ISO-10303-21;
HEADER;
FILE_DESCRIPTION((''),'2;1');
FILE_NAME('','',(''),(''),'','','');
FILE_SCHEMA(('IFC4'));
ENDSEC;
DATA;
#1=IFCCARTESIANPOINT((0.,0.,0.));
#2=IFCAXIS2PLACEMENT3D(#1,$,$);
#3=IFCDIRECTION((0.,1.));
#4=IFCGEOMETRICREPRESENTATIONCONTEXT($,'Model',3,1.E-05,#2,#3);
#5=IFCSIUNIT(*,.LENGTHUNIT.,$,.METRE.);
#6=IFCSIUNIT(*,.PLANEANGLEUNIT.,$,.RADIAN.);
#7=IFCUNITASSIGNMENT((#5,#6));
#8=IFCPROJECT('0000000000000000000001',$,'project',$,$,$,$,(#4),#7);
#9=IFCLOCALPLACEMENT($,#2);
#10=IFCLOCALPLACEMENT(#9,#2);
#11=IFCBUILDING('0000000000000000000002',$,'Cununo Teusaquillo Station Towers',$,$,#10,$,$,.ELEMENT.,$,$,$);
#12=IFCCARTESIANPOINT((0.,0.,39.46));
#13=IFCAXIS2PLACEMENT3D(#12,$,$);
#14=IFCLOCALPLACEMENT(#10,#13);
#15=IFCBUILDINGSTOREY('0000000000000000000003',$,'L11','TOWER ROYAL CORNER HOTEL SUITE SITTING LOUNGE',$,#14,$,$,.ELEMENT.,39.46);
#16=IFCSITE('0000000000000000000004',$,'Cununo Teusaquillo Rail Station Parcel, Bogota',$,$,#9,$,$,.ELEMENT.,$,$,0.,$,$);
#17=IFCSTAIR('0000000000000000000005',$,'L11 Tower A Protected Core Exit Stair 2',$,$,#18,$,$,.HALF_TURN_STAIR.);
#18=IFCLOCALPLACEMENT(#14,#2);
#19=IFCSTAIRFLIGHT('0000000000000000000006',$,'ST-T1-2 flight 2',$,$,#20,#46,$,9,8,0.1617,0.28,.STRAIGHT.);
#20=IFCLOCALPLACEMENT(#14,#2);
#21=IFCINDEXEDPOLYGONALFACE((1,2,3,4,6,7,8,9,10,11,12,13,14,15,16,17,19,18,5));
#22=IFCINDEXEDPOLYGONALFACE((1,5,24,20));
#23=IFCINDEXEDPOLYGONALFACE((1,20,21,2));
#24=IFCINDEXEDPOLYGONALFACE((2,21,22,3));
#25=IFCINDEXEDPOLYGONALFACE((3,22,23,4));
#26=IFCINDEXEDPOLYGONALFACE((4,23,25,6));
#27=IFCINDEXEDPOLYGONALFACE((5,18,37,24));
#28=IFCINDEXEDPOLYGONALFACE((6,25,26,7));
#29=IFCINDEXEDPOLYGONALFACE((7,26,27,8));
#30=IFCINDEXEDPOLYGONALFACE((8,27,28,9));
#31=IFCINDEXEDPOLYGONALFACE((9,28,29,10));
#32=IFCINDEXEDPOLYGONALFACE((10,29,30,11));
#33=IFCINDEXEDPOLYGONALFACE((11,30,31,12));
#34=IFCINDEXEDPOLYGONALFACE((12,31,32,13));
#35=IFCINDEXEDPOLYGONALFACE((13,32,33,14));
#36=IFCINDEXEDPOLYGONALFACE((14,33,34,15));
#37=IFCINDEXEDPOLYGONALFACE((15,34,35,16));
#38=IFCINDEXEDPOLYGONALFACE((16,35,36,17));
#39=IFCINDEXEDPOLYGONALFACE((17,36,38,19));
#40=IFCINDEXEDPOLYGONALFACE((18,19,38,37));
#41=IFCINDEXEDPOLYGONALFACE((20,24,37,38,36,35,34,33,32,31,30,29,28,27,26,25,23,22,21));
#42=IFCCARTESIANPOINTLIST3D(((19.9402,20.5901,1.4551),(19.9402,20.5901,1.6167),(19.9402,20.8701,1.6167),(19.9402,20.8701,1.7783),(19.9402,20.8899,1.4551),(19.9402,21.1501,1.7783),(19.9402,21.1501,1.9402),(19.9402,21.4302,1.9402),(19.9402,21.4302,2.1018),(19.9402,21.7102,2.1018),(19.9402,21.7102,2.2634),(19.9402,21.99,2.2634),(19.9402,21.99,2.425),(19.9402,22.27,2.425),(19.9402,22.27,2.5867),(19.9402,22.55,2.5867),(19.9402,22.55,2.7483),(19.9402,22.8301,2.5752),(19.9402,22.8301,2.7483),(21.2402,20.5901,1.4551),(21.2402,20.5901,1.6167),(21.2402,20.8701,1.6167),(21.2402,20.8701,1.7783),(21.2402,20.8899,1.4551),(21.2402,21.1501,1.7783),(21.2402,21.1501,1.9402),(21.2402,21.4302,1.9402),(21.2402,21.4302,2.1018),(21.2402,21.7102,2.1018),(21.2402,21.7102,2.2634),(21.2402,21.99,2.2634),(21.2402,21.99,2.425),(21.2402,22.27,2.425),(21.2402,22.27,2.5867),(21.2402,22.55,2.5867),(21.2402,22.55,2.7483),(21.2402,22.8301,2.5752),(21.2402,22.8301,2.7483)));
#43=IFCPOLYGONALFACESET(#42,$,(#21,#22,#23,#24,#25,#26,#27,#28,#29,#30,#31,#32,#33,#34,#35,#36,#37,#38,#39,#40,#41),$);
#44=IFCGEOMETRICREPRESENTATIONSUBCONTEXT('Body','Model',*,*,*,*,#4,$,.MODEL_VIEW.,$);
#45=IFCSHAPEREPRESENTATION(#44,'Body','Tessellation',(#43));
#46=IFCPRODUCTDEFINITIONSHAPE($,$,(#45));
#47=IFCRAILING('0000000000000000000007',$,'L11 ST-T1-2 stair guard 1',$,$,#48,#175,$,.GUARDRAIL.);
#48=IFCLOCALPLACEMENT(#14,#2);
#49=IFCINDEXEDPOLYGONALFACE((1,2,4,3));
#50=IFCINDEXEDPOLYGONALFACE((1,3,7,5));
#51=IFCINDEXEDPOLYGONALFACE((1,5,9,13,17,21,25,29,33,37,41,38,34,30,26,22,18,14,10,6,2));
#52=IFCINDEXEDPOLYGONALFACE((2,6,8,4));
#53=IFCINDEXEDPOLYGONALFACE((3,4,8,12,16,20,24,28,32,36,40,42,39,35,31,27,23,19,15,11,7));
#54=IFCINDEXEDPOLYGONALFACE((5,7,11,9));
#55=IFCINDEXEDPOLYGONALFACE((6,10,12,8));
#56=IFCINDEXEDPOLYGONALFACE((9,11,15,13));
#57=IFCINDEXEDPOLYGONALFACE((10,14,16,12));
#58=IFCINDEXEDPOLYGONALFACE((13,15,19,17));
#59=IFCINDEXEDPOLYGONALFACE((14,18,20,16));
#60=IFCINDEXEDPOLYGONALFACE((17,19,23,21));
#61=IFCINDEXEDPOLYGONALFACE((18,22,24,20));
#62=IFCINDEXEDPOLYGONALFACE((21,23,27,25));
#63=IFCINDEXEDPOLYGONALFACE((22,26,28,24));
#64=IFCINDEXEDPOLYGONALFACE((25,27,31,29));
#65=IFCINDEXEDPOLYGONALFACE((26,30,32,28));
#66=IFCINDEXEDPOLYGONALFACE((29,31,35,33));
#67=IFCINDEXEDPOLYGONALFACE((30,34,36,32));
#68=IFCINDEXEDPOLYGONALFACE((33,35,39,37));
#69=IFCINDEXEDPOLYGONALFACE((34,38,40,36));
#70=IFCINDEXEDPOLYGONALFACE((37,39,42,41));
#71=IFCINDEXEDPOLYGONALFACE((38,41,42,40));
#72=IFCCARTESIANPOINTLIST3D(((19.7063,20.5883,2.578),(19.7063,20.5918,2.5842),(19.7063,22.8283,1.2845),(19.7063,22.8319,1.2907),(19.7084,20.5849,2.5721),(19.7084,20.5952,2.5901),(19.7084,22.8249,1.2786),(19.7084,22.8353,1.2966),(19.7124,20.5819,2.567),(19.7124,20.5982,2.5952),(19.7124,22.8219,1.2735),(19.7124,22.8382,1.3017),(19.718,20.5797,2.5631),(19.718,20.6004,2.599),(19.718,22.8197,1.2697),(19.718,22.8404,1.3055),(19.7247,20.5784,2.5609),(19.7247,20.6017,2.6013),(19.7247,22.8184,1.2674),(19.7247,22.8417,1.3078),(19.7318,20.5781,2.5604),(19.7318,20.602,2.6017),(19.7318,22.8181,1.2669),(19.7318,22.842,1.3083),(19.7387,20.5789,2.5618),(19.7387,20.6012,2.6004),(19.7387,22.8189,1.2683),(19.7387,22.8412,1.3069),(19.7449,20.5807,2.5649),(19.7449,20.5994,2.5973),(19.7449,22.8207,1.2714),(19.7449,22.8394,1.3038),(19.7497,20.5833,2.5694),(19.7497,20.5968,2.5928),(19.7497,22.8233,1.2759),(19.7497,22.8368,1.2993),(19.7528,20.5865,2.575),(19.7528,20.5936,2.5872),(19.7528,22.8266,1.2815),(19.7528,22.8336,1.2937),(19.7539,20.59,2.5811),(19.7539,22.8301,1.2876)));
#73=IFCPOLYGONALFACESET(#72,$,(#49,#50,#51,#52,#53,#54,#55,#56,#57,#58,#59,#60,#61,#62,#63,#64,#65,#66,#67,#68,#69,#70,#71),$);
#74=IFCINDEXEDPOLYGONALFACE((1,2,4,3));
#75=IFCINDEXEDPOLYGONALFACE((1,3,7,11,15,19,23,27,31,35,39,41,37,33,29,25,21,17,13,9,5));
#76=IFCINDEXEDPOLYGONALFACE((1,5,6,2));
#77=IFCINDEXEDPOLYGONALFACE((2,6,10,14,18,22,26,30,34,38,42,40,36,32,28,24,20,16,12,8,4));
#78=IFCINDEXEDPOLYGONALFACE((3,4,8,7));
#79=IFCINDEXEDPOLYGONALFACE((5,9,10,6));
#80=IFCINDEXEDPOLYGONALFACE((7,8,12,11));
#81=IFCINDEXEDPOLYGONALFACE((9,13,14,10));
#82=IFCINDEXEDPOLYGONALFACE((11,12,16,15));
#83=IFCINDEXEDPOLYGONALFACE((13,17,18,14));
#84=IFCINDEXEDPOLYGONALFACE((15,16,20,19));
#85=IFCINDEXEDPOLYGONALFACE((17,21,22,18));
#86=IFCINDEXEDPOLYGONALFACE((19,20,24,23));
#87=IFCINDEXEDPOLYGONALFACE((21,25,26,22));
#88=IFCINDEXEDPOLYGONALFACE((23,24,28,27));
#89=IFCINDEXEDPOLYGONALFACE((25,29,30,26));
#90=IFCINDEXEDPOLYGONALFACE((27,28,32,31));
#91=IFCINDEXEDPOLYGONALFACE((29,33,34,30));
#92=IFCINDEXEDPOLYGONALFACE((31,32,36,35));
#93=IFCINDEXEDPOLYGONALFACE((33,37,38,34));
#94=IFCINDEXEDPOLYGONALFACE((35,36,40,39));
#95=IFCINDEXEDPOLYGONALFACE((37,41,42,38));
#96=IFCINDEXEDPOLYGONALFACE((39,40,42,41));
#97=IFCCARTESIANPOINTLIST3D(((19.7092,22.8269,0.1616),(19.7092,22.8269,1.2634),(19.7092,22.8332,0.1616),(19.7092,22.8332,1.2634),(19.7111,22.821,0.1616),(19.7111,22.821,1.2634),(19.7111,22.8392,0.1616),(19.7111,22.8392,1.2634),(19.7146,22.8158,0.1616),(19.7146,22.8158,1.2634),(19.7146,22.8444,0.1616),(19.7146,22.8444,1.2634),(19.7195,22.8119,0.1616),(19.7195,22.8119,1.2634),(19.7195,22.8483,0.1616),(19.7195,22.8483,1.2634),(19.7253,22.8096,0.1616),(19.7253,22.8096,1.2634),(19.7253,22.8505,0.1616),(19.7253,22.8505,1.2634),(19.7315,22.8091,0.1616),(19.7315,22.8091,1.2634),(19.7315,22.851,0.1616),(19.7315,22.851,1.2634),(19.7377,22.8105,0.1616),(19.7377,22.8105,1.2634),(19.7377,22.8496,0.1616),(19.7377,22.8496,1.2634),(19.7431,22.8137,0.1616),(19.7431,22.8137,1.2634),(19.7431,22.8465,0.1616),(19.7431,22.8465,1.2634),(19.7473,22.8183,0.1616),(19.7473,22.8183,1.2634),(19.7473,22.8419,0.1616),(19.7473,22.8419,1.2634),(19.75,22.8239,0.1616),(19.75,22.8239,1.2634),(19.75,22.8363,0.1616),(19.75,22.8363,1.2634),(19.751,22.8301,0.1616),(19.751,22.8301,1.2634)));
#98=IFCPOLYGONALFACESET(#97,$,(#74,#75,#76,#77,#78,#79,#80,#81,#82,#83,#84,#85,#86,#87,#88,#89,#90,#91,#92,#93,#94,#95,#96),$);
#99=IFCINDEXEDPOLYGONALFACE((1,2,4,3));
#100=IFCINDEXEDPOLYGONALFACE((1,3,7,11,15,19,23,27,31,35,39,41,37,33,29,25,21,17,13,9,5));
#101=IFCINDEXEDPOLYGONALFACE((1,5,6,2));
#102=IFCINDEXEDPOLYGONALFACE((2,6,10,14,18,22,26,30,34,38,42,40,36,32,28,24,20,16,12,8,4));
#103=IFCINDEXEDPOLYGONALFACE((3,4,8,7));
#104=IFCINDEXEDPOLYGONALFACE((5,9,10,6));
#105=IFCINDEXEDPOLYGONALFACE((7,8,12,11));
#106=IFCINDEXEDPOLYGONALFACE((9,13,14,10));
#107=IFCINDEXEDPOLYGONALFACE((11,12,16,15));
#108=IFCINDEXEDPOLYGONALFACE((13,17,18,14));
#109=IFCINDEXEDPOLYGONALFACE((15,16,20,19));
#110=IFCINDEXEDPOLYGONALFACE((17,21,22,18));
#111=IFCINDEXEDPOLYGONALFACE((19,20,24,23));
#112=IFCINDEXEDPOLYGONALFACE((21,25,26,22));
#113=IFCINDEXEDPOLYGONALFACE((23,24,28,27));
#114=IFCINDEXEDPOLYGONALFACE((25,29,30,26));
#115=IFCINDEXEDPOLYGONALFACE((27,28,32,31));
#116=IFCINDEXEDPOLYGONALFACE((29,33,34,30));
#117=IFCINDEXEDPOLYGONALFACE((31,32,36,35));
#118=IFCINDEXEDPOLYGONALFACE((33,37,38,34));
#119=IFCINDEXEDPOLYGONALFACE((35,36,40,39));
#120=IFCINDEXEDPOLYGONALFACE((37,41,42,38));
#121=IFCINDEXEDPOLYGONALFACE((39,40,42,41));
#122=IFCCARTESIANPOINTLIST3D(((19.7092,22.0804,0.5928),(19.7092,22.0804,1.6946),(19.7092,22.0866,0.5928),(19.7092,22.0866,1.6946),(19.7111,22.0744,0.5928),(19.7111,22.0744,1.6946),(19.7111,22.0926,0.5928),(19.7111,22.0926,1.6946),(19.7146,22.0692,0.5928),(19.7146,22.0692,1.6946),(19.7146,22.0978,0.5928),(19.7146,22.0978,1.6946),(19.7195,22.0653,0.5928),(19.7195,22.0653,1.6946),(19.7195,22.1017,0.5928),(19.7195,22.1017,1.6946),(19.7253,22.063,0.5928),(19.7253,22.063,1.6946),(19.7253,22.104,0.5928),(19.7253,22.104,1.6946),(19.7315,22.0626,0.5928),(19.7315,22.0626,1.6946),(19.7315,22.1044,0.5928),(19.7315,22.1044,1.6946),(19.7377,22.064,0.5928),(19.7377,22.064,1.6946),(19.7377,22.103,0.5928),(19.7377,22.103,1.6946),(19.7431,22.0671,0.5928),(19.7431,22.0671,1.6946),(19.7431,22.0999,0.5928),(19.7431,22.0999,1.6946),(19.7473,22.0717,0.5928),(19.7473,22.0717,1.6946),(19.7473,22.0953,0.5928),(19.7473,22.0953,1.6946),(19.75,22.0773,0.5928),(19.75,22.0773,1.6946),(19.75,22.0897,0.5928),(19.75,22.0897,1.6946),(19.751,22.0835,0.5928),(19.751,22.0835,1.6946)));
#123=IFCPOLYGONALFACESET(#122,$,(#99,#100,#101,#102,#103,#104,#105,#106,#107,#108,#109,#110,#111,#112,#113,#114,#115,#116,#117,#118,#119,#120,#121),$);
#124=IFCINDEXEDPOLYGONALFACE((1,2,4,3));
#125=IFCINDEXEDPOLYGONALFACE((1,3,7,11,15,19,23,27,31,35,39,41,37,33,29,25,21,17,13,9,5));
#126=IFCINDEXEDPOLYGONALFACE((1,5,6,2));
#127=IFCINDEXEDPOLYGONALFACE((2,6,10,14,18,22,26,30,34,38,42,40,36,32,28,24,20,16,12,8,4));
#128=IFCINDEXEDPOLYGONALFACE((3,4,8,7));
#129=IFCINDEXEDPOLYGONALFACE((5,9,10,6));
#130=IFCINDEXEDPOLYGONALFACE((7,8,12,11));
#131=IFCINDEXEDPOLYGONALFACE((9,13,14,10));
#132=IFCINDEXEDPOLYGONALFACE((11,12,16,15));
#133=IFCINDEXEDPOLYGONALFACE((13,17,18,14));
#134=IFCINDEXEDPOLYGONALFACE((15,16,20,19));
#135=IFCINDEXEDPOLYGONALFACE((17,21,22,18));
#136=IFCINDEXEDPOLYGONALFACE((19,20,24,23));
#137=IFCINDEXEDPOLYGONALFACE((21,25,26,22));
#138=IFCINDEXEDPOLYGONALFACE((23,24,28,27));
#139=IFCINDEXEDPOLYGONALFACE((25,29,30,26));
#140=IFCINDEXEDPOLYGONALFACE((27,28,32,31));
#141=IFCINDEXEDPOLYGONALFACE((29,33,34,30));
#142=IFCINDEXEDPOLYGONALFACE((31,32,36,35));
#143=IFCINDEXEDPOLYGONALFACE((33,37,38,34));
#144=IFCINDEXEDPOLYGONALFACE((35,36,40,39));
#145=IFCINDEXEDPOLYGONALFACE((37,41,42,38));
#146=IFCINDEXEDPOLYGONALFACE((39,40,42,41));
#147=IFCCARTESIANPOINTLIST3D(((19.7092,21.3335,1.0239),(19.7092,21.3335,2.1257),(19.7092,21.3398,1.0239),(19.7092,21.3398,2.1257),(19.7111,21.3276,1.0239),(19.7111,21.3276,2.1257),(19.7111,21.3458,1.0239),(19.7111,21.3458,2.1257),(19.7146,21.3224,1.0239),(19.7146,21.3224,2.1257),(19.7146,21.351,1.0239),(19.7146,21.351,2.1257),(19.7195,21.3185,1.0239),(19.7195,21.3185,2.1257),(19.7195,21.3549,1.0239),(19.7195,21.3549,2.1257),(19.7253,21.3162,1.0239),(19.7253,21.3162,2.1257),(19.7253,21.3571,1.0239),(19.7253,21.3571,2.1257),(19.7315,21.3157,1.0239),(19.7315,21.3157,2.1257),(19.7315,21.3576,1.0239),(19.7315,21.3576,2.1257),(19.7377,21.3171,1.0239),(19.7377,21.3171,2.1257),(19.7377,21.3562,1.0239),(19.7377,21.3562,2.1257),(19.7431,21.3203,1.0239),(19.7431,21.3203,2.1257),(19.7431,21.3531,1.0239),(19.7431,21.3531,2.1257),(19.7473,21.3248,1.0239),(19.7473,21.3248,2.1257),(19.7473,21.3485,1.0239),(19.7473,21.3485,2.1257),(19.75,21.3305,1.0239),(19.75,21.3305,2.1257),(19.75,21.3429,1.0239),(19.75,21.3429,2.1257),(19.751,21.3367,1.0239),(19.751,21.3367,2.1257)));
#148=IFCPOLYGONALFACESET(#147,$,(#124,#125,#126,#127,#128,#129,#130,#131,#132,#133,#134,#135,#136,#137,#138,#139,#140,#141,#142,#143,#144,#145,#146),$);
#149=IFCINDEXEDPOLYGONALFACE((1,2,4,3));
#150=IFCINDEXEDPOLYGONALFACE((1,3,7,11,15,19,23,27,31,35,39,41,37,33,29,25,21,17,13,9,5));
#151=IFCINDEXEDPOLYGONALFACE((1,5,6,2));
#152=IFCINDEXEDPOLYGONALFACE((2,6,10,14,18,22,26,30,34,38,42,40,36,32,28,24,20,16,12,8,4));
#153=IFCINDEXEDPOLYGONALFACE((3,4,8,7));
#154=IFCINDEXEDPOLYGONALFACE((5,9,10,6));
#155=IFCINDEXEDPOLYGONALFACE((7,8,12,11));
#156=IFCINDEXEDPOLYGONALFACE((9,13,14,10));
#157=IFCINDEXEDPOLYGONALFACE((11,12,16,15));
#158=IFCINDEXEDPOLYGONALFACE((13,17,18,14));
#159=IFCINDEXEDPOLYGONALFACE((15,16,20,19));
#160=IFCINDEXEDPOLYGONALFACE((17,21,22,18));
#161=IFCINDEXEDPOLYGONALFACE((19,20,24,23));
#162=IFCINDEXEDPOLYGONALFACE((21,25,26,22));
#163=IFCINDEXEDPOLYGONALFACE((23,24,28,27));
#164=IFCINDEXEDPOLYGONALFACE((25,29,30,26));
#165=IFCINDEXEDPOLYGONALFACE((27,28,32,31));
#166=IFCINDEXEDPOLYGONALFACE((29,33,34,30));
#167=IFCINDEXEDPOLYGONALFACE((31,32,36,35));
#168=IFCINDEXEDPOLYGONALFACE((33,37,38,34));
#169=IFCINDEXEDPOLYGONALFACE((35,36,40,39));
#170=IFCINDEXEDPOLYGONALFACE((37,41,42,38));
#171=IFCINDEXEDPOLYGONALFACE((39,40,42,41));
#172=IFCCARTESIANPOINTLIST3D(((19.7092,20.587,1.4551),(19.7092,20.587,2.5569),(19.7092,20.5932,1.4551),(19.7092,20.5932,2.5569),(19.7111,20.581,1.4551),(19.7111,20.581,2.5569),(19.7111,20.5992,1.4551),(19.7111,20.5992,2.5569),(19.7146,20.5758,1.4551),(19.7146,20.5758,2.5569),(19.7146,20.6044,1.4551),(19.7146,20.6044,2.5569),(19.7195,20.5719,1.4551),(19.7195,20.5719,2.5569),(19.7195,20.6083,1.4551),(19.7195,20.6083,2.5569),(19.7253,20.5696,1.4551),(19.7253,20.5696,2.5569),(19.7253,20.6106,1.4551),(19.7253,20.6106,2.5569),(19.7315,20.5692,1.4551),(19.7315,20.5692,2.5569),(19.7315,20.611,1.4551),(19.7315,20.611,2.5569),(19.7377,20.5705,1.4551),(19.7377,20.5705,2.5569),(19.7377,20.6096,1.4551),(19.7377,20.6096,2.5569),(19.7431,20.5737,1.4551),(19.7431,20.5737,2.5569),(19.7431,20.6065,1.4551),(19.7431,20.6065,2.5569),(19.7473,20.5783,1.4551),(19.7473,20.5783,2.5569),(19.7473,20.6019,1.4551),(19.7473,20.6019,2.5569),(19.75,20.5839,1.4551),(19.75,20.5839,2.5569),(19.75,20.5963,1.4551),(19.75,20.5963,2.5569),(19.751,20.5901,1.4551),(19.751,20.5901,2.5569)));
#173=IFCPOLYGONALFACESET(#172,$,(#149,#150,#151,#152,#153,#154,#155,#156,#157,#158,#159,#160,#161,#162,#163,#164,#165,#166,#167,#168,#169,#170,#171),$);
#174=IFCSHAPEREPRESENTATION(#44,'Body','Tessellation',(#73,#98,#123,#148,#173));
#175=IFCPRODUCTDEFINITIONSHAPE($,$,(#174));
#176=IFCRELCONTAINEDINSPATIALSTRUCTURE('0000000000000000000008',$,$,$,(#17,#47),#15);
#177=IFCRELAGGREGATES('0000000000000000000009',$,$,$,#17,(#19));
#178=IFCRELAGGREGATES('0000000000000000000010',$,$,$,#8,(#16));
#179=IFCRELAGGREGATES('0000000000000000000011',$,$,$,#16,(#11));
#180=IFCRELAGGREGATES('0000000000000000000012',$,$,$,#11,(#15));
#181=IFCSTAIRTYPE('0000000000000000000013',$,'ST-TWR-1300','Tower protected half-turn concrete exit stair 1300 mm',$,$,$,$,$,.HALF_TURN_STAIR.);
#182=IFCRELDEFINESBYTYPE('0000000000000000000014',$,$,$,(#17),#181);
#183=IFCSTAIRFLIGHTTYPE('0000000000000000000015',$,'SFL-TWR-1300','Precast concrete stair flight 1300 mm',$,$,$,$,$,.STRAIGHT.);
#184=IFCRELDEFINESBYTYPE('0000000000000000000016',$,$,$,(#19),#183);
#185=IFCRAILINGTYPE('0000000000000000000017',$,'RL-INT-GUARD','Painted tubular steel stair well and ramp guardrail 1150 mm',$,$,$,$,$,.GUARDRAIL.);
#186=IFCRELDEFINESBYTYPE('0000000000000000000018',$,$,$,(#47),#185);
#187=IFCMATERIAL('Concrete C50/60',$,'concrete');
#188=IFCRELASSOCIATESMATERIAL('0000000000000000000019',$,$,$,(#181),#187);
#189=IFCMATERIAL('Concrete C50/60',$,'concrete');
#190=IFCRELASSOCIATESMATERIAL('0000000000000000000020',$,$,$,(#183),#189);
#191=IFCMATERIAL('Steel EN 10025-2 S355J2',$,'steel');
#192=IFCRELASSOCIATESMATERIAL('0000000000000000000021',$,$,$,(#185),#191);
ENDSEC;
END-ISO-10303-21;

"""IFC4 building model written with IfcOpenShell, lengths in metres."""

from ifc_helpers import new_model, si_unit, direction, frame, origin, origin_2d, place, context, subcontext, project, spatial, polyline, circle, outline, extrude, material, type_object, element, aggregate, save


model = new_model("IFC4")

# Units and contexts
model_context = context("Model", 3, precision=1e-05, world=origin(), true_north=direction((0.0, 1.0)))
body_context = subcontext(model_context, "Body", "Model", "MODEL_VIEW")
ifc_project = project(units=[si_unit("LENGTHUNIT", "METRE"), si_unit("PLANEANGLEUNIT", "RADIAN")], contexts=[model_context])

# Site, building, storey
site_placement = place(None, origin())
site = spatial("IfcSite", under=ifc_project, at=site_placement, Name="Cununo Teusaquillo Rail Station Parcel, Bogota", CompositionType="ELEMENT", RefElevation=0.0)
building_placement = place(site_placement, origin())
building = spatial("IfcBuilding", under=site, at=building_placement, Name="Cununo Teusaquillo Station Towers", CompositionType="ELEMENT")
storey_placement = place(building_placement, frame((0.0, 0.0, 39.46)))
storey = spatial("IfcBuildingStorey", under=building, at=storey_placement, Name="L11", Description="TOWER ROYAL CORNER HOTEL SUITE SITTING LOUNGE", CompositionType="ELEMENT", Elevation=39.46)

# Stair, stair flight
ifc_material_1 = material(Name="Concrete C50/60", Category="concrete")
stair_type = type_object("IfcStairType", Name="ST-TWR-1300", Description="Tower protected half-turn concrete exit stair 1300 mm", PredefinedType="HALF_TURN_STAIR", material=ifc_material_1)
stair_placement = place(storey_placement, origin())
stair = element("IfcStair", 1, at=stair_placement, inside=storey, type_object=stair_type, Name="L11 Tower A Protected Core Exit Stair 2", PredefinedType="HALF_TURN_STAIR")
ifc_material_2 = material(Name="Concrete C50/60", Category="concrete")
stair_flight_type = type_object("IfcStairFlightType", Name="SFL-TWR-1300", Description="Precast concrete stair flight 1300 mm", PredefinedType="STRAIGHT", material=ifc_material_2)
stair_flight_1_placement = place(storey_placement, frame((20.5901, 20.5901, 1.4551), z_axis=(0.0, 0.0, 1.0), x_axis=(0.0, 1.0, 0.0)))
stair_flight_1 = element("IfcStairFlight", 2, at=stair_flight_1_placement, type_object=stair_flight_type, Name="ST-T1-2 flight 2", NumberOfRisers=9, NumberOfTreads=8, PredefinedType="STRAIGHT", RiserHeight=0.1617, TreadLength=0.28, context=body_context, shape_type="SweptSolid", body=[
    extrude(outline(polyline([(0.0, 0.0), (0.0, 0.1616), (0.28, 0.1616), (0.28, 0.3232), (0.5601, 0.3232), (0.5601, 0.4851), (0.8401, 0.4851), (0.8401, 0.6467), (1.1201, 0.6467), (1.1201, 0.8083), (1.3999, 0.8083), (1.3999, 0.97), (1.6799, 0.97), (1.6799, 1.1316), (1.96, 1.1316), (1.96, 1.2932), (2.24, 1.2932), (2.24, 1.4551), (2.24, 1.1201), (0.2998, 0.0), (0.0, 0.0)])), frame((0.0, 0.6499, 0.0), z_axis=(0.0, -1.0, 0.0), x_axis=(1.0, 0.0, 0.0)), (0.0, 0.0, 1.0), 1.3),
])
aggregate(stair, [stair_flight_1])

# Railing
ifc_material_3 = material(Name="Steel EN 10025-2 S355J2", Category="steel")
railing_type_1 = type_object("IfcRailingType", Name="RL-INT-GUARD", Description="Painted tubular steel stair well and ramp guardrail 1150 mm", PredefinedType="GUARDRAIL", material=ifc_material_3)
railing_1_placement = place(storey_placement, frame((19.73, 22.8301, 0.1616)))
element("IfcRailing", 3, at=railing_1_placement, inside=storey, type_object=railing_type_1, Name="L11 ST-T1-2 stair guard 1", PredefinedType="GUARDRAIL", context=body_context, shape_type="SweptSolid", body=[
    extrude(circle(Radius=0.0239, at=origin_2d()), frame((0.0, 0.0, 1.126), z_axis=(0.0, -0.865992, 0.500057), x_axis=(1.0, 0.0, 0.0)), (0.0, 0.0, 1.0), 2.5867),
    extrude(circle(Radius=0.021, at=origin_2d()), origin(), (0.0, 0.0, 1.0), 1.1018),
    extrude(circle(Radius=0.021, at=origin_2d()), frame((0.0, -0.7466, 0.4312)), (0.0, 0.0, 1.0), 1.1018),
    extrude(circle(Radius=0.021, at=origin_2d()), frame((0.0, -1.4934, 0.8623)), (0.0, 0.0, 1.0), 1.1018),
    extrude(circle(Radius=0.021, at=origin_2d()), frame((0.0, -2.24, 1.2935)), (0.0, 0.0, 1.0), 1.1018),
])

save(model, "model.ifc")
